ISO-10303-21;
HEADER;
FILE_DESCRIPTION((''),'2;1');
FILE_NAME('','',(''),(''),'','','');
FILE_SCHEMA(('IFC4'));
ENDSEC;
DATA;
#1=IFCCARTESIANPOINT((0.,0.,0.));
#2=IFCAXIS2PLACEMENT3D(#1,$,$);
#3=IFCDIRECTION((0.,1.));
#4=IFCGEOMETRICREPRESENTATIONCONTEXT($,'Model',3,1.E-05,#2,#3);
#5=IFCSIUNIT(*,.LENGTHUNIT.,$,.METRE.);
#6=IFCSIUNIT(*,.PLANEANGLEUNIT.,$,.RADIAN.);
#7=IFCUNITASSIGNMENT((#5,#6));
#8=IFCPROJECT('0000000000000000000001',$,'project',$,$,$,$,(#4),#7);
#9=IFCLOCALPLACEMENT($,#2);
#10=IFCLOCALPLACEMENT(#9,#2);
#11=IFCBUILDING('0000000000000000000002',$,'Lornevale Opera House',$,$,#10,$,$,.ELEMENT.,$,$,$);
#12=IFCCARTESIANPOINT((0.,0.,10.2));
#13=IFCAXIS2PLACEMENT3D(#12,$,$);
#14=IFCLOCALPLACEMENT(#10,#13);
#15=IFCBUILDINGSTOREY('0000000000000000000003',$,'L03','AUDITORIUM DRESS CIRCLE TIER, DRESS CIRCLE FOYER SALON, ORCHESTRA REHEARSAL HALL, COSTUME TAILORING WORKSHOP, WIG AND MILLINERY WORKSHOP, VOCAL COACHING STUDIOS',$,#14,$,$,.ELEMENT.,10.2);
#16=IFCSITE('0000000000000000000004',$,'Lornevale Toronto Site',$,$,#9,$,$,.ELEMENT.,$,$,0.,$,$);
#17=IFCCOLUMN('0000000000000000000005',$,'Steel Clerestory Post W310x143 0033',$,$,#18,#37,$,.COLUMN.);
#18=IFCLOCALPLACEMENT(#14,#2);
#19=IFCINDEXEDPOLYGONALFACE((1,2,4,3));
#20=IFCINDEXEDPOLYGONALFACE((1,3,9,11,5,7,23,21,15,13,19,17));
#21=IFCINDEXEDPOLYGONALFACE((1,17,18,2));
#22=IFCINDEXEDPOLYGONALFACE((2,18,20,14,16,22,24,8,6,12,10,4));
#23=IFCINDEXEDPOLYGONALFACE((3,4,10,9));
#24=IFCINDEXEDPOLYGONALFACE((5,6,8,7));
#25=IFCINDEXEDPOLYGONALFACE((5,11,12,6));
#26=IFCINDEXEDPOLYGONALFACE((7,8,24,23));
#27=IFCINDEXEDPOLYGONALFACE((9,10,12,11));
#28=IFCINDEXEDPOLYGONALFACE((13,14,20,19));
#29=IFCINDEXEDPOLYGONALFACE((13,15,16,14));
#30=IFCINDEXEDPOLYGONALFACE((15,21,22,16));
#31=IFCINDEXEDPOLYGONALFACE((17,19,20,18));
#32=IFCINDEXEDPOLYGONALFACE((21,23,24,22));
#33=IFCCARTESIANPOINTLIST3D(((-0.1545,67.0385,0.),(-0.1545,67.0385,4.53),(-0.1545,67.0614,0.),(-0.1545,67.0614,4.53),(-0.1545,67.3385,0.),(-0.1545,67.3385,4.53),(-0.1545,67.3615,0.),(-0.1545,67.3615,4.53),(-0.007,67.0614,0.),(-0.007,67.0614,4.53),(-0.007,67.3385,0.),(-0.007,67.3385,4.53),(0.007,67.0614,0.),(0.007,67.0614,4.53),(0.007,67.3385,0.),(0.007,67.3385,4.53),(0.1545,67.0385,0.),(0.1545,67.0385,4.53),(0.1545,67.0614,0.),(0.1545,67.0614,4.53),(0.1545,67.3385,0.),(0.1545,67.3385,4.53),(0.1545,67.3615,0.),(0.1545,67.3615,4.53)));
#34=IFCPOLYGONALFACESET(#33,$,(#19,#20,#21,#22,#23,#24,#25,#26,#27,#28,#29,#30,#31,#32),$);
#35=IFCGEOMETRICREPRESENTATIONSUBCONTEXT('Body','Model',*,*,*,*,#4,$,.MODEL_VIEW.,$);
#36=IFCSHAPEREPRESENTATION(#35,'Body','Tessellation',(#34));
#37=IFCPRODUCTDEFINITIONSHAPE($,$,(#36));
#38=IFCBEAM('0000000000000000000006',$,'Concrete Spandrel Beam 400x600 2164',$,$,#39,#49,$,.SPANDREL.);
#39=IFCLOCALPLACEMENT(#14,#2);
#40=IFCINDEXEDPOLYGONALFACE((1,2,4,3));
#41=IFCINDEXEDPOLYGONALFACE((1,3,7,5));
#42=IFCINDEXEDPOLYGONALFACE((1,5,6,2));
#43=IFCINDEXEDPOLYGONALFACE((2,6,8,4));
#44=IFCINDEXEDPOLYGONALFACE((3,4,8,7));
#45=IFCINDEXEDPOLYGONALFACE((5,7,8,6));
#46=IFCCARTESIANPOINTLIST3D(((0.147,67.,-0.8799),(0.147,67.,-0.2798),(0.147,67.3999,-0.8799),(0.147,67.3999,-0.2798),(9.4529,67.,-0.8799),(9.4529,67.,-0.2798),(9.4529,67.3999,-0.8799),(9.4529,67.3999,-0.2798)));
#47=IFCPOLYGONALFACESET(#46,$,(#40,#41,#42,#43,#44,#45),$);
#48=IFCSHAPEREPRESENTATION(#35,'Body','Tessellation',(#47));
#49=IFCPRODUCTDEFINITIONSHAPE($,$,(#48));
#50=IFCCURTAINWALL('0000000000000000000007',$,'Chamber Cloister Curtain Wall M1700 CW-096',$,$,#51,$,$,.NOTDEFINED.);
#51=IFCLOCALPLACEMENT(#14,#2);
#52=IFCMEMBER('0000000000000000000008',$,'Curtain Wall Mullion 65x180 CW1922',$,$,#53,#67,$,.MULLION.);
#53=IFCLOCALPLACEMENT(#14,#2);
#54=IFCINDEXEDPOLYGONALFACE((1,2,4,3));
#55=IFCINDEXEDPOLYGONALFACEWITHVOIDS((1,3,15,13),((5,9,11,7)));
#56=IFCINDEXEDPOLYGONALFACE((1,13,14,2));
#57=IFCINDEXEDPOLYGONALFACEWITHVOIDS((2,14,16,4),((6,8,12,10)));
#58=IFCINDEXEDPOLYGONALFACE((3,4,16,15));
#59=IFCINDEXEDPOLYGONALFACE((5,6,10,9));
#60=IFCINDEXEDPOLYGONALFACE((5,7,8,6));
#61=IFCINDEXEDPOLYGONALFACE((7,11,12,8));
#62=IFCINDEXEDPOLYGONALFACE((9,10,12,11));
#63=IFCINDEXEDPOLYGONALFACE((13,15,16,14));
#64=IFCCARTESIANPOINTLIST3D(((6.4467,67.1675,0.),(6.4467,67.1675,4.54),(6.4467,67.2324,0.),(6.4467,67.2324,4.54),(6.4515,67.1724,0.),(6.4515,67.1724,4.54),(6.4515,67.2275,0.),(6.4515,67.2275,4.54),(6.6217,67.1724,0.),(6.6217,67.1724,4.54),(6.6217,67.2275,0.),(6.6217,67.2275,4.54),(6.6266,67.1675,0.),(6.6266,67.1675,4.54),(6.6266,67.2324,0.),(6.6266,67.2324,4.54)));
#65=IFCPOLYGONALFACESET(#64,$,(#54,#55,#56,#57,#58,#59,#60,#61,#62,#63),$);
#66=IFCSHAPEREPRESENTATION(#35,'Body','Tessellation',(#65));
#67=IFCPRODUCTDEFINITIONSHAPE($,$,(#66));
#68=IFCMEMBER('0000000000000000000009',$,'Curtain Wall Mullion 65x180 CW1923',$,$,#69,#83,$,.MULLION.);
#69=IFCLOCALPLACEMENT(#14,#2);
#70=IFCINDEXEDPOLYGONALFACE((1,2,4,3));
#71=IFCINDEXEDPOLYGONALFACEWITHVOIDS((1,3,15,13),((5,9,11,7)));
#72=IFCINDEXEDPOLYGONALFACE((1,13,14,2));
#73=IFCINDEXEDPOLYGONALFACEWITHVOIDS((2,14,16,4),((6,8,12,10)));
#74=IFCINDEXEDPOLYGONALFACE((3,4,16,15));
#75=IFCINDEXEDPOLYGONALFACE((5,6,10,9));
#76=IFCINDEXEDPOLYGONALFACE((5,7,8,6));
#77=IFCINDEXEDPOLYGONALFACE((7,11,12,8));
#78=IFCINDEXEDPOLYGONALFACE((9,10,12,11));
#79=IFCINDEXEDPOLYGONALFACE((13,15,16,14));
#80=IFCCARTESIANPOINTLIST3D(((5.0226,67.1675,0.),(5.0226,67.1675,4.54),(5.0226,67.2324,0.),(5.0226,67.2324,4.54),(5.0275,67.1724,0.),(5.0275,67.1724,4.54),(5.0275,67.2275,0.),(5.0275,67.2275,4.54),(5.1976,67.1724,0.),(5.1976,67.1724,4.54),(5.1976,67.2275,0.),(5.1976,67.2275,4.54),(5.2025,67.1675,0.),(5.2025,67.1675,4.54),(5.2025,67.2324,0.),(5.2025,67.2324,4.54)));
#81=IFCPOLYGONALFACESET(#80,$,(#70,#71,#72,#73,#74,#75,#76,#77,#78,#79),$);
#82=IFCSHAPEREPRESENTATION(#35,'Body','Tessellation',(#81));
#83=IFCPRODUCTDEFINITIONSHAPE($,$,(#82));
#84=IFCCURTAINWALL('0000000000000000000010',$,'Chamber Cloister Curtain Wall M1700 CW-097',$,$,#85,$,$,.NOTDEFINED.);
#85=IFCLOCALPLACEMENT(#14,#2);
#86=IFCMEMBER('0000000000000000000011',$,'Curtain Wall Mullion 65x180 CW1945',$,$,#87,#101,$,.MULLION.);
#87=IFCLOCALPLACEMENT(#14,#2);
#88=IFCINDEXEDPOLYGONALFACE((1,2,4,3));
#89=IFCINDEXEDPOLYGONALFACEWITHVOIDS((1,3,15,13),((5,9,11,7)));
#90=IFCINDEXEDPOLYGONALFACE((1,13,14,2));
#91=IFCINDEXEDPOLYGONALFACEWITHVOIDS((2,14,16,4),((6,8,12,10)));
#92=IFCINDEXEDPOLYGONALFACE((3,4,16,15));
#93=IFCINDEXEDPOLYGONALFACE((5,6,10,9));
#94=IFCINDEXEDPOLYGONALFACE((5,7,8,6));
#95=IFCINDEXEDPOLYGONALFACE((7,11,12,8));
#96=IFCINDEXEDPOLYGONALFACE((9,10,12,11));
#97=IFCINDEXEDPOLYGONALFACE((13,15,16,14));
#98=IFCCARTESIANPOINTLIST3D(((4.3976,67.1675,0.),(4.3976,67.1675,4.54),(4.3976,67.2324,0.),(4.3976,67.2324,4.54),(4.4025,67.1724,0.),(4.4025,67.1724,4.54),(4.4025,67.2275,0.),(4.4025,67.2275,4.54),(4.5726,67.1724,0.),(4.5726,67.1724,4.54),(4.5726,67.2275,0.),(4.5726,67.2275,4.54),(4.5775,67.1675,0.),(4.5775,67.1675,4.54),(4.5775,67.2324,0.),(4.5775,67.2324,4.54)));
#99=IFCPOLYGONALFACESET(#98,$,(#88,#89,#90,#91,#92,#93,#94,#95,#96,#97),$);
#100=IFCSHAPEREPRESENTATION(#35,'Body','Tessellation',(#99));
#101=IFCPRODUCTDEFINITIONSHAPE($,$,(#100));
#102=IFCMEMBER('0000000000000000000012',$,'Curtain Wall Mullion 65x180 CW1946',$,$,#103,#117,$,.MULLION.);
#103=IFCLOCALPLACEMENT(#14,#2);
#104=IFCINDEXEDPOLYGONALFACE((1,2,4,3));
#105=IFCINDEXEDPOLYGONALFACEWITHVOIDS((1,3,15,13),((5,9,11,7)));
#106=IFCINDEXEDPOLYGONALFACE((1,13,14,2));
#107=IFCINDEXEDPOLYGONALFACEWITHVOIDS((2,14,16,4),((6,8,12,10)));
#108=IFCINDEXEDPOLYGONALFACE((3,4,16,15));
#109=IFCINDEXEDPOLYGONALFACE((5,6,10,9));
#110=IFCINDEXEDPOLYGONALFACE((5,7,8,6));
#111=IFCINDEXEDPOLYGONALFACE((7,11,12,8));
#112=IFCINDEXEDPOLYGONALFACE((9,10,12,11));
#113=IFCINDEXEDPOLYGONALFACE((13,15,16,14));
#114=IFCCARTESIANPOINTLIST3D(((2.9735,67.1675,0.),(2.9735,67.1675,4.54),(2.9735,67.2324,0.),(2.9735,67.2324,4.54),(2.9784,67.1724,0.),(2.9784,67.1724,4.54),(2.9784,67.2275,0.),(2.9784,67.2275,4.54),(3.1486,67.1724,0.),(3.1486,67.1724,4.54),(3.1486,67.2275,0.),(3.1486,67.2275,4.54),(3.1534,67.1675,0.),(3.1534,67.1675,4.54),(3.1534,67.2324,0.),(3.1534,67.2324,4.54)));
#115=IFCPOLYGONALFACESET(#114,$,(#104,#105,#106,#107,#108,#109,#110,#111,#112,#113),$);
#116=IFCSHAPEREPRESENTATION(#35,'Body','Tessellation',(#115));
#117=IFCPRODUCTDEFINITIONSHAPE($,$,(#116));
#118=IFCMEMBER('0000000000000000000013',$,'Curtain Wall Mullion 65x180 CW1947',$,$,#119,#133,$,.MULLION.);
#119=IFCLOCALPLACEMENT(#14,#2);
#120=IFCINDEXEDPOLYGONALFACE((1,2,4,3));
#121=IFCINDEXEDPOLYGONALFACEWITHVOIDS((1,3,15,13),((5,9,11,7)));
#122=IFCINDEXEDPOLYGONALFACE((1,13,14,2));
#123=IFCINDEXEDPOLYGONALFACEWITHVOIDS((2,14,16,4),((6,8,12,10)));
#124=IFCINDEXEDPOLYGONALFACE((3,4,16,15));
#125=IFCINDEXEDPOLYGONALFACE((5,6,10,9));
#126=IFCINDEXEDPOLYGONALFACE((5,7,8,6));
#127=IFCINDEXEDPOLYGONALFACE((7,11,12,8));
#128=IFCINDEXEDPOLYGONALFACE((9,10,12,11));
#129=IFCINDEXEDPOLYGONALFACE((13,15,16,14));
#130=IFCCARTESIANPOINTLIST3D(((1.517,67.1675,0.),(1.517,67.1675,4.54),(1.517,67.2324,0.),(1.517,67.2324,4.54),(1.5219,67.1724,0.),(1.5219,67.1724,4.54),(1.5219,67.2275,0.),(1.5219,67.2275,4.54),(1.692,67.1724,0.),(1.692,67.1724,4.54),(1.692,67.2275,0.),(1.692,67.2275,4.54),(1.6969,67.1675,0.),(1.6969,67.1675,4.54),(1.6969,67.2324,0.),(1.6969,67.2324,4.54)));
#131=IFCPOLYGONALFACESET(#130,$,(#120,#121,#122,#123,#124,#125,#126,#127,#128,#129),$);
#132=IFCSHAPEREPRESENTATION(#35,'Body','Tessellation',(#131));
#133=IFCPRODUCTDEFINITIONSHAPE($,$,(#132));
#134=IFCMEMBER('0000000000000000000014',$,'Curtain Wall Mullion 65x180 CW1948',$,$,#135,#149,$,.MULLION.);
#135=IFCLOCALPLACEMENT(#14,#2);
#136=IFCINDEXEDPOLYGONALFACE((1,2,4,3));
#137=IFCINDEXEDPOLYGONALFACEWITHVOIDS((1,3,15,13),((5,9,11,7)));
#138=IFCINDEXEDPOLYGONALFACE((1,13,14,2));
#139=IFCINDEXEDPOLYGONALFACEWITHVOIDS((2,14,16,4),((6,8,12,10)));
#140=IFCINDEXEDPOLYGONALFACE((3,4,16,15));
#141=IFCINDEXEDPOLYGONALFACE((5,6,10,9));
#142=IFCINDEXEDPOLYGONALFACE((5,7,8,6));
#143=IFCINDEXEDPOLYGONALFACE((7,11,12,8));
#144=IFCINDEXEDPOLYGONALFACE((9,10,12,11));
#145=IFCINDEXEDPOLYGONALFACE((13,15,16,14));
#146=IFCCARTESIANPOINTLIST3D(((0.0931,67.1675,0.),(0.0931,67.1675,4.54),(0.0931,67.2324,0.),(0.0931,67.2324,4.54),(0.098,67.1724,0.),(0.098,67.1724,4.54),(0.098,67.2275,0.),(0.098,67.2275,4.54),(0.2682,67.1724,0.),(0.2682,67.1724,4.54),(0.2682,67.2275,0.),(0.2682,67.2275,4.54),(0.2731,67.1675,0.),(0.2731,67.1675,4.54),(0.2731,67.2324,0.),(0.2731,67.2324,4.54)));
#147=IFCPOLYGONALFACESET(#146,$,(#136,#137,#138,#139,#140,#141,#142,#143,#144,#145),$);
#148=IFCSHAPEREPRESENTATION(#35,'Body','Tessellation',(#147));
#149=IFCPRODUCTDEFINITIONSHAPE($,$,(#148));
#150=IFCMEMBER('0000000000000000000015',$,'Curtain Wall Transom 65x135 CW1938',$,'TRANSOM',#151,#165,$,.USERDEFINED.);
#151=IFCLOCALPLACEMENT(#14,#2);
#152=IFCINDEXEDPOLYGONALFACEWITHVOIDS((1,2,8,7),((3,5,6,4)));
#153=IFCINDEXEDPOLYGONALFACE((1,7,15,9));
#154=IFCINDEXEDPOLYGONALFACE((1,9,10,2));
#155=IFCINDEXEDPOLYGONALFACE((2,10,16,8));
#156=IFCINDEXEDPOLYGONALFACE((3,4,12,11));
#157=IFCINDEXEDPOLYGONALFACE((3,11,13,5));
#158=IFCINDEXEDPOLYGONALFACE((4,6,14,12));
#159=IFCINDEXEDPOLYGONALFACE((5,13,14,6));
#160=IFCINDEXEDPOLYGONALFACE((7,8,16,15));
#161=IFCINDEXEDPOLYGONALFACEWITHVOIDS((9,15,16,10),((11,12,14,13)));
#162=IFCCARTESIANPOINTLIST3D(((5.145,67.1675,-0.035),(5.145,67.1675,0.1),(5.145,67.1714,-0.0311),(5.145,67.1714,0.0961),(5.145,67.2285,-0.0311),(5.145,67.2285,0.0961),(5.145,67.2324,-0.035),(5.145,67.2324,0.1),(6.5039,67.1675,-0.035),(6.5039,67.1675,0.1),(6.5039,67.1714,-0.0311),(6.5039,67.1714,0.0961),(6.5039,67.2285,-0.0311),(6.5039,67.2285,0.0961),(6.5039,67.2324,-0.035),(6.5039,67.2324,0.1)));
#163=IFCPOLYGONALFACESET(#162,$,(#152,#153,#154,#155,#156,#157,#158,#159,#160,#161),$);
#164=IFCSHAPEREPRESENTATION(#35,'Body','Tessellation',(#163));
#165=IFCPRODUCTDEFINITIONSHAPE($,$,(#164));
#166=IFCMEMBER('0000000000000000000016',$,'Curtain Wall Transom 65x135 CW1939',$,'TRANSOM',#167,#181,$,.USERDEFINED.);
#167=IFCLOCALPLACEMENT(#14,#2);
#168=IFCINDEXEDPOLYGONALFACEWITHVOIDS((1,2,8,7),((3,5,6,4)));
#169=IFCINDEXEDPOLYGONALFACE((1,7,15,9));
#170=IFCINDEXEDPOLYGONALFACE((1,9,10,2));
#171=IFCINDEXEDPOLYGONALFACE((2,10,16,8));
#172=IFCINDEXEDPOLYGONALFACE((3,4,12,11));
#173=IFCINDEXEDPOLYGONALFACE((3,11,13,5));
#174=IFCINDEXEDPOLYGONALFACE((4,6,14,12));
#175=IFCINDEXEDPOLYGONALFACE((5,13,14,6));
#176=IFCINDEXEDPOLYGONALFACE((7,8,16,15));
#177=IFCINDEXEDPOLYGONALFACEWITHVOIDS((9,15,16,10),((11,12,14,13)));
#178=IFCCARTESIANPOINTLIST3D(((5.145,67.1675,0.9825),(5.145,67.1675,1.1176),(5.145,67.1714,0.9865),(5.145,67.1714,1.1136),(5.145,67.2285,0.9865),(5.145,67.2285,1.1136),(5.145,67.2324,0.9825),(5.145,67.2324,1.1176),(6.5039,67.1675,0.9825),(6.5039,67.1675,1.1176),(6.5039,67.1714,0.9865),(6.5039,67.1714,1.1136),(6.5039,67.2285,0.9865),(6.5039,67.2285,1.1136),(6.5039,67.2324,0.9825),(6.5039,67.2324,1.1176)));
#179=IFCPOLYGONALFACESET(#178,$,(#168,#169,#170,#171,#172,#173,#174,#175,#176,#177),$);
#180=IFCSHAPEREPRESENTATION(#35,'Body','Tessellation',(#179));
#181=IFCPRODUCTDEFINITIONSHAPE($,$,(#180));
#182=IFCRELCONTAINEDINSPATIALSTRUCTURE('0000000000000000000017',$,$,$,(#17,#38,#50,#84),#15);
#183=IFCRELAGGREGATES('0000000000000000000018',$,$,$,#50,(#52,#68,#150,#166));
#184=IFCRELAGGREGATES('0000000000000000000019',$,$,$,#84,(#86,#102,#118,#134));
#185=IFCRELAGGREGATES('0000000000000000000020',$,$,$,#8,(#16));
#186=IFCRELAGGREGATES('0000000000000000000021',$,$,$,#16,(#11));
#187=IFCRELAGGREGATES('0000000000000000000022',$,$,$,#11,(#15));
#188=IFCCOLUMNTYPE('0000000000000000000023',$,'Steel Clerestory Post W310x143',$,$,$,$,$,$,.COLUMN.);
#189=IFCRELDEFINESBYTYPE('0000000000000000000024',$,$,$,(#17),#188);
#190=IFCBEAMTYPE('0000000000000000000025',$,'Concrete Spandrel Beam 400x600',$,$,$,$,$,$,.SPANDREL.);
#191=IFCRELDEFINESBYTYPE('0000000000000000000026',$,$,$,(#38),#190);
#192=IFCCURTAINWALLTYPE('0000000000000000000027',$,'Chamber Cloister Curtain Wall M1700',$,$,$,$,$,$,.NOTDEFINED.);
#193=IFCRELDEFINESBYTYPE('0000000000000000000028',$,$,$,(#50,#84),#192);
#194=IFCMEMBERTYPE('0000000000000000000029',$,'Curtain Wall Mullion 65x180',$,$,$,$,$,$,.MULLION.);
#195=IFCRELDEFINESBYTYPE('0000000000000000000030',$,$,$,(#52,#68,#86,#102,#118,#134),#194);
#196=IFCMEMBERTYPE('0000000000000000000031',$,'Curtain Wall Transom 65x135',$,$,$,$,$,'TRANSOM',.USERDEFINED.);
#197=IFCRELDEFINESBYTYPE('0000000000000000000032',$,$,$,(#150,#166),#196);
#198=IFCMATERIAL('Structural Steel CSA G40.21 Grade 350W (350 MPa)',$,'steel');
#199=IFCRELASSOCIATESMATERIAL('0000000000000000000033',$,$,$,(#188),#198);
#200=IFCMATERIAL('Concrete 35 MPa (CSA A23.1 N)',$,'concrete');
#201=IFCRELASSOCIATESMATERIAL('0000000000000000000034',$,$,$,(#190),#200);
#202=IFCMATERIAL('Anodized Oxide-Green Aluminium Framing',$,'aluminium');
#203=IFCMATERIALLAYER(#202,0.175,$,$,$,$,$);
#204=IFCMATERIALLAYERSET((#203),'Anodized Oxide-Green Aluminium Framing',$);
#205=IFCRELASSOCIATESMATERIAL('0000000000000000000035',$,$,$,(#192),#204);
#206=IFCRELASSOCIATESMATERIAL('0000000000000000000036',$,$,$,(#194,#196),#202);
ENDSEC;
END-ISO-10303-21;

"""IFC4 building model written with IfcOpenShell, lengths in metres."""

from ifc_helpers import new_model, si_unit, direction, frame, origin, origin_2d, place, context, subcontext, project, spatial, rectangle, hollow_rectangle, i_section, extrude, material, layer, layer_set, material_profile, profile_set, type_object, element, aggregate, save


model = new_model("IFC4")

# Units and contexts
model_context = context("Model", 3, precision=1e-05, world=origin(), true_north=direction((0.0, 1.0)))
body_context = subcontext(model_context, "Body", "Model", "MODEL_VIEW")
ifc_project = project(units=[si_unit("LENGTHUNIT", "METRE"), si_unit("PLANEANGLEUNIT", "RADIAN")], contexts=[model_context])

# Site, building, storey
site_placement = place(None, origin())
site = spatial("IfcSite", under=ifc_project, at=site_placement, Name="Lornevale Toronto Site", CompositionType="ELEMENT", RefElevation=0.0)
building_placement = place(site_placement, origin())
building = spatial("IfcBuilding", under=site, at=building_placement, Name="Lornevale Opera House", CompositionType="ELEMENT")
storey_placement = place(building_placement, frame((0.0, 0.0, 10.2)))
storey = spatial("IfcBuildingStorey", under=building, at=storey_placement, Name="L03", Description="AUDITORIUM DRESS CIRCLE TIER, DRESS CIRCLE FOYER SALON, ORCHESTRA REHEARSAL HALL, COSTUME TAILORING WORKSHOP, WIG AND MILLINERY WORKSHOP, VOCAL COACHING STUDIOS", CompositionType="ELEMENT", Elevation=10.2)

# Column
ifc_material_1 = material(Name="Structural Steel CSA G40.21 Grade 350W (350 MPa)", Category="steel")
ifc_material_profile_1 = material_profile(ifc_material_1, i_section(OverallWidth=0.3091, OverallDepth=0.323, WebThickness=0.0139, FlangeThickness=0.0229, at=origin_2d()), Name="W310x143")
ifc_profile_set_1 = profile_set([ifc_material_profile_1], Name="Structural Steel CSA G40.21 Grade 350W (350 MPa)")
column_type = type_object("IfcColumnType", Name="Steel Clerestory Post W310x143", PredefinedType="COLUMN", material=ifc_profile_set_1)
column_placement = place(storey_placement, frame((0.0, 67.2, 0.0), z_axis=(0.0, 0.0, 1.0), x_axis=(1.0, 0.0, 0.0)))
element("IfcColumn", 1, at=column_placement, inside=storey, type_object=column_type, Name="Steel Clerestory Post W310x143 0033", PredefinedType="COLUMN", context=body_context, shape_type="SweptSolid", body=[
    extrude(i_section(OverallWidth=0.3091, OverallDepth=0.323, WebThickness=0.0139, FlangeThickness=0.0229, at=origin_2d()), origin(), (0.0, 0.0, 1.0), 4.53),
])

# Beam
ifc_material_2 = material(Name="Concrete 35 MPa (CSA A23.1 N)", Category="concrete")
ifc_material_profile_2 = material_profile(ifc_material_2, rectangle(XDim=0.3999, YDim=0.6001, at=origin_2d()), Name="RC400x600")
ifc_profile_set_2 = profile_set([ifc_material_profile_2], Name="Concrete 35 MPa (CSA A23.1 N)")
beam_type = type_object("IfcBeamType", Name="Concrete Spandrel Beam 400x600", PredefinedType="SPANDREL", material=ifc_profile_set_2)
beam_placement = place(storey_placement, frame((0.147, 67.2, -0.5798), z_axis=(1.0, 0.0, 0.0), x_axis=(0.0, 1.0, 0.0)))
element("IfcBeam", 2, at=beam_placement, inside=storey, type_object=beam_type, Name="Concrete Spandrel Beam 400x600 2164", PredefinedType="SPANDREL", context=body_context, shape_type="SweptSolid", body=[
    extrude(rectangle(XDim=0.3999, YDim=0.6001, at=origin_2d()), origin(), (0.0, 0.0, 1.0), 9.3059),
])

# Curtain walls, members
ifc_material_3 = material(Name="Anodized Oxide-Green Aluminium Framing", Category="aluminium")
ifc_layer_1 = layer(ifc_material_3, 0.175)
ifc_layer_set_1 = layer_set([ifc_layer_1], Name="Anodized Oxide-Green Aluminium Framing")
curtain_wall_type = type_object("IfcCurtainWallType", Name="Chamber Cloister Curtain Wall M1700", PredefinedType="NOTDEFINED", material=ifc_layer_set_1)
curtain_wall_1_placement = place(storey_placement, origin())
curtain_wall_1 = element("IfcCurtainWall", 3, at=curtain_wall_1_placement, inside=storey, type_object=curtain_wall_type, Name="Chamber Cloister Curtain Wall M1700 CW-096", PredefinedType="NOTDEFINED")
ifc_material_profile_3 = material_profile(ifc_material_3, hollow_rectangle(XDim=0.0649, YDim=0.1799, WallThickness=0.0049, at=origin_2d()), Name="ALU65x180x5")
ifc_profile_set_3 = profile_set([ifc_material_profile_3], Name="Anodized Oxide-Green Aluminium Framing")
member_type_1 = type_object("IfcMemberType", Name="Curtain Wall Mullion 65x180", PredefinedType="MULLION", material=ifc_profile_set_3)
member_1_placement = place(storey_placement, frame((6.5366, 67.2, 0.0), z_axis=(0.0, 0.0, 1.0), x_axis=(0.0, -1.0, 0.0)))
member_1 = element("IfcMember", 4, at=member_1_placement, type_object=member_type_1, Name="Curtain Wall Mullion 65x180 CW1922", PredefinedType="MULLION", context=body_context, shape_type="SweptSolid", body=[
    extrude(hollow_rectangle(XDim=0.0649, YDim=0.1799, WallThickness=0.0049, at=origin_2d()), origin(), (0.0, 0.0, 1.0), 4.54),
])
member_2_placement = place(storey_placement, frame((5.1125, 67.2, 0.0), z_axis=(0.0, 0.0, 1.0), x_axis=(0.0, -1.0, 0.0)))
member_2 = element("IfcMember", 5, at=member_2_placement, type_object=member_type_1, Name="Curtain Wall Mullion 65x180 CW1923", PredefinedType="MULLION", context=body_context, shape_type="SweptSolid", body=[
    extrude(hollow_rectangle(XDim=0.0649, YDim=0.1799, WallThickness=0.0049, at=origin_2d()), origin(), (0.0, 0.0, 1.0), 4.54),
])
curtain_wall_2_placement = place(storey_placement, origin())
curtain_wall_2 = element("IfcCurtainWall", 6, at=curtain_wall_2_placement, inside=storey, type_object=curtain_wall_type, Name="Chamber Cloister Curtain Wall M1700 CW-097", PredefinedType="NOTDEFINED")
member_3_placement = place(storey_placement, frame((4.4875, 67.2, 0.0), z_axis=(0.0, 0.0, 1.0), x_axis=(0.0, -1.0, 0.0)))
member_3 = element("IfcMember", 7, at=member_3_placement, type_object=member_type_1, Name="Curtain Wall Mullion 65x180 CW1945", PredefinedType="MULLION", context=body_context, shape_type="SweptSolid", body=[
    extrude(hollow_rectangle(XDim=0.0649, YDim=0.1799, WallThickness=0.0049, at=origin_2d()), origin(), (0.0, 0.0, 1.0), 4.54),
])
member_4_placement = place(storey_placement, frame((3.0635, 67.2, 0.0), z_axis=(0.0, 0.0, 1.0), x_axis=(0.0, -1.0, 0.0)))
member_4 = element("IfcMember", 8, at=member_4_placement, type_object=member_type_1, Name="Curtain Wall Mullion 65x180 CW1946", PredefinedType="MULLION", context=body_context, shape_type="SweptSolid", body=[
    extrude(hollow_rectangle(XDim=0.0649, YDim=0.1799, WallThickness=0.0049, at=origin_2d()), origin(), (0.0, 0.0, 1.0), 4.54),
])
member_5_placement = place(storey_placement, frame((1.6069, 67.2, 0.0), z_axis=(0.0, 0.0, 1.0), x_axis=(0.0, -1.0, 0.0)))
member_5 = element("IfcMember", 9, at=member_5_placement, type_object=member_type_1, Name="Curtain Wall Mullion 65x180 CW1947", PredefinedType="MULLION", context=body_context, shape_type="SweptSolid", body=[
    extrude(hollow_rectangle(XDim=0.0649, YDim=0.1799, WallThickness=0.0049, at=origin_2d()), origin(), (0.0, 0.0, 1.0), 4.54),
])
member_6_placement = place(storey_placement, frame((0.1831, 67.2, 0.0), z_axis=(0.0, 0.0, 1.0), x_axis=(0.0, -1.0, 0.0)))
member_6 = element("IfcMember", 10, at=member_6_placement, type_object=member_type_1, Name="Curtain Wall Mullion 65x180 CW1948", PredefinedType="MULLION", context=body_context, shape_type="SweptSolid", body=[
    extrude(hollow_rectangle(XDim=0.0649, YDim=0.1799, WallThickness=0.0049, at=origin_2d()), origin(), (0.0, 0.0, 1.0), 4.54),
])

# Members
ifc_material_profile_4 = material_profile(ifc_material_3, hollow_rectangle(XDim=0.0649, YDim=0.135, WallThickness=0.0039, at=origin_2d()), Name="ALU65x135x4")
ifc_profile_set_4 = profile_set([ifc_material_profile_4], Name="Anodized Oxide-Green Aluminium Framing")
member_type_2 = type_object("IfcMemberType", Name="Curtain Wall Transom 65x135", ElementType="TRANSOM", PredefinedType="USERDEFINED", material=ifc_profile_set_4)
member_7_placement = place(storey_placement, frame((6.5039, 67.2, 0.0325), z_axis=(-1.0, 0.0, 0.0), x_axis=(0.0, -1.0, 0.0)))
member_7 = element("IfcMember", 11, at=member_7_placement, type_object=member_type_2, Name="Curtain Wall Transom 65x135 CW1938", ObjectType="TRANSOM", PredefinedType="USERDEFINED", context=body_context, shape_type="SweptSolid", body=[
    extrude(hollow_rectangle(XDim=0.0649, YDim=0.135, WallThickness=0.0039, at=origin_2d()), origin(), (0.0, 0.0, 1.0), 1.3589),
])
member_8_placement = place(storey_placement, frame((6.5039, 67.2, 1.05), z_axis=(-1.0, 0.0, 0.0), x_axis=(0.0, -1.0, 0.0)))
member_8 = element("IfcMember", 12, at=member_8_placement, type_object=member_type_2, Name="Curtain Wall Transom 65x135 CW1939", ObjectType="TRANSOM", PredefinedType="USERDEFINED", context=body_context, shape_type="SweptSolid", body=[
    extrude(hollow_rectangle(XDim=0.0649, YDim=0.135, WallThickness=0.0039, at=origin_2d()), origin(), (0.0, 0.0, 1.0), 1.3589),
])

aggregate(curtain_wall_1, [member_1, member_2, member_7, member_8])
aggregate(curtain_wall_2, [member_3, member_4, member_5, member_6])

save(model, "model.ifc")
